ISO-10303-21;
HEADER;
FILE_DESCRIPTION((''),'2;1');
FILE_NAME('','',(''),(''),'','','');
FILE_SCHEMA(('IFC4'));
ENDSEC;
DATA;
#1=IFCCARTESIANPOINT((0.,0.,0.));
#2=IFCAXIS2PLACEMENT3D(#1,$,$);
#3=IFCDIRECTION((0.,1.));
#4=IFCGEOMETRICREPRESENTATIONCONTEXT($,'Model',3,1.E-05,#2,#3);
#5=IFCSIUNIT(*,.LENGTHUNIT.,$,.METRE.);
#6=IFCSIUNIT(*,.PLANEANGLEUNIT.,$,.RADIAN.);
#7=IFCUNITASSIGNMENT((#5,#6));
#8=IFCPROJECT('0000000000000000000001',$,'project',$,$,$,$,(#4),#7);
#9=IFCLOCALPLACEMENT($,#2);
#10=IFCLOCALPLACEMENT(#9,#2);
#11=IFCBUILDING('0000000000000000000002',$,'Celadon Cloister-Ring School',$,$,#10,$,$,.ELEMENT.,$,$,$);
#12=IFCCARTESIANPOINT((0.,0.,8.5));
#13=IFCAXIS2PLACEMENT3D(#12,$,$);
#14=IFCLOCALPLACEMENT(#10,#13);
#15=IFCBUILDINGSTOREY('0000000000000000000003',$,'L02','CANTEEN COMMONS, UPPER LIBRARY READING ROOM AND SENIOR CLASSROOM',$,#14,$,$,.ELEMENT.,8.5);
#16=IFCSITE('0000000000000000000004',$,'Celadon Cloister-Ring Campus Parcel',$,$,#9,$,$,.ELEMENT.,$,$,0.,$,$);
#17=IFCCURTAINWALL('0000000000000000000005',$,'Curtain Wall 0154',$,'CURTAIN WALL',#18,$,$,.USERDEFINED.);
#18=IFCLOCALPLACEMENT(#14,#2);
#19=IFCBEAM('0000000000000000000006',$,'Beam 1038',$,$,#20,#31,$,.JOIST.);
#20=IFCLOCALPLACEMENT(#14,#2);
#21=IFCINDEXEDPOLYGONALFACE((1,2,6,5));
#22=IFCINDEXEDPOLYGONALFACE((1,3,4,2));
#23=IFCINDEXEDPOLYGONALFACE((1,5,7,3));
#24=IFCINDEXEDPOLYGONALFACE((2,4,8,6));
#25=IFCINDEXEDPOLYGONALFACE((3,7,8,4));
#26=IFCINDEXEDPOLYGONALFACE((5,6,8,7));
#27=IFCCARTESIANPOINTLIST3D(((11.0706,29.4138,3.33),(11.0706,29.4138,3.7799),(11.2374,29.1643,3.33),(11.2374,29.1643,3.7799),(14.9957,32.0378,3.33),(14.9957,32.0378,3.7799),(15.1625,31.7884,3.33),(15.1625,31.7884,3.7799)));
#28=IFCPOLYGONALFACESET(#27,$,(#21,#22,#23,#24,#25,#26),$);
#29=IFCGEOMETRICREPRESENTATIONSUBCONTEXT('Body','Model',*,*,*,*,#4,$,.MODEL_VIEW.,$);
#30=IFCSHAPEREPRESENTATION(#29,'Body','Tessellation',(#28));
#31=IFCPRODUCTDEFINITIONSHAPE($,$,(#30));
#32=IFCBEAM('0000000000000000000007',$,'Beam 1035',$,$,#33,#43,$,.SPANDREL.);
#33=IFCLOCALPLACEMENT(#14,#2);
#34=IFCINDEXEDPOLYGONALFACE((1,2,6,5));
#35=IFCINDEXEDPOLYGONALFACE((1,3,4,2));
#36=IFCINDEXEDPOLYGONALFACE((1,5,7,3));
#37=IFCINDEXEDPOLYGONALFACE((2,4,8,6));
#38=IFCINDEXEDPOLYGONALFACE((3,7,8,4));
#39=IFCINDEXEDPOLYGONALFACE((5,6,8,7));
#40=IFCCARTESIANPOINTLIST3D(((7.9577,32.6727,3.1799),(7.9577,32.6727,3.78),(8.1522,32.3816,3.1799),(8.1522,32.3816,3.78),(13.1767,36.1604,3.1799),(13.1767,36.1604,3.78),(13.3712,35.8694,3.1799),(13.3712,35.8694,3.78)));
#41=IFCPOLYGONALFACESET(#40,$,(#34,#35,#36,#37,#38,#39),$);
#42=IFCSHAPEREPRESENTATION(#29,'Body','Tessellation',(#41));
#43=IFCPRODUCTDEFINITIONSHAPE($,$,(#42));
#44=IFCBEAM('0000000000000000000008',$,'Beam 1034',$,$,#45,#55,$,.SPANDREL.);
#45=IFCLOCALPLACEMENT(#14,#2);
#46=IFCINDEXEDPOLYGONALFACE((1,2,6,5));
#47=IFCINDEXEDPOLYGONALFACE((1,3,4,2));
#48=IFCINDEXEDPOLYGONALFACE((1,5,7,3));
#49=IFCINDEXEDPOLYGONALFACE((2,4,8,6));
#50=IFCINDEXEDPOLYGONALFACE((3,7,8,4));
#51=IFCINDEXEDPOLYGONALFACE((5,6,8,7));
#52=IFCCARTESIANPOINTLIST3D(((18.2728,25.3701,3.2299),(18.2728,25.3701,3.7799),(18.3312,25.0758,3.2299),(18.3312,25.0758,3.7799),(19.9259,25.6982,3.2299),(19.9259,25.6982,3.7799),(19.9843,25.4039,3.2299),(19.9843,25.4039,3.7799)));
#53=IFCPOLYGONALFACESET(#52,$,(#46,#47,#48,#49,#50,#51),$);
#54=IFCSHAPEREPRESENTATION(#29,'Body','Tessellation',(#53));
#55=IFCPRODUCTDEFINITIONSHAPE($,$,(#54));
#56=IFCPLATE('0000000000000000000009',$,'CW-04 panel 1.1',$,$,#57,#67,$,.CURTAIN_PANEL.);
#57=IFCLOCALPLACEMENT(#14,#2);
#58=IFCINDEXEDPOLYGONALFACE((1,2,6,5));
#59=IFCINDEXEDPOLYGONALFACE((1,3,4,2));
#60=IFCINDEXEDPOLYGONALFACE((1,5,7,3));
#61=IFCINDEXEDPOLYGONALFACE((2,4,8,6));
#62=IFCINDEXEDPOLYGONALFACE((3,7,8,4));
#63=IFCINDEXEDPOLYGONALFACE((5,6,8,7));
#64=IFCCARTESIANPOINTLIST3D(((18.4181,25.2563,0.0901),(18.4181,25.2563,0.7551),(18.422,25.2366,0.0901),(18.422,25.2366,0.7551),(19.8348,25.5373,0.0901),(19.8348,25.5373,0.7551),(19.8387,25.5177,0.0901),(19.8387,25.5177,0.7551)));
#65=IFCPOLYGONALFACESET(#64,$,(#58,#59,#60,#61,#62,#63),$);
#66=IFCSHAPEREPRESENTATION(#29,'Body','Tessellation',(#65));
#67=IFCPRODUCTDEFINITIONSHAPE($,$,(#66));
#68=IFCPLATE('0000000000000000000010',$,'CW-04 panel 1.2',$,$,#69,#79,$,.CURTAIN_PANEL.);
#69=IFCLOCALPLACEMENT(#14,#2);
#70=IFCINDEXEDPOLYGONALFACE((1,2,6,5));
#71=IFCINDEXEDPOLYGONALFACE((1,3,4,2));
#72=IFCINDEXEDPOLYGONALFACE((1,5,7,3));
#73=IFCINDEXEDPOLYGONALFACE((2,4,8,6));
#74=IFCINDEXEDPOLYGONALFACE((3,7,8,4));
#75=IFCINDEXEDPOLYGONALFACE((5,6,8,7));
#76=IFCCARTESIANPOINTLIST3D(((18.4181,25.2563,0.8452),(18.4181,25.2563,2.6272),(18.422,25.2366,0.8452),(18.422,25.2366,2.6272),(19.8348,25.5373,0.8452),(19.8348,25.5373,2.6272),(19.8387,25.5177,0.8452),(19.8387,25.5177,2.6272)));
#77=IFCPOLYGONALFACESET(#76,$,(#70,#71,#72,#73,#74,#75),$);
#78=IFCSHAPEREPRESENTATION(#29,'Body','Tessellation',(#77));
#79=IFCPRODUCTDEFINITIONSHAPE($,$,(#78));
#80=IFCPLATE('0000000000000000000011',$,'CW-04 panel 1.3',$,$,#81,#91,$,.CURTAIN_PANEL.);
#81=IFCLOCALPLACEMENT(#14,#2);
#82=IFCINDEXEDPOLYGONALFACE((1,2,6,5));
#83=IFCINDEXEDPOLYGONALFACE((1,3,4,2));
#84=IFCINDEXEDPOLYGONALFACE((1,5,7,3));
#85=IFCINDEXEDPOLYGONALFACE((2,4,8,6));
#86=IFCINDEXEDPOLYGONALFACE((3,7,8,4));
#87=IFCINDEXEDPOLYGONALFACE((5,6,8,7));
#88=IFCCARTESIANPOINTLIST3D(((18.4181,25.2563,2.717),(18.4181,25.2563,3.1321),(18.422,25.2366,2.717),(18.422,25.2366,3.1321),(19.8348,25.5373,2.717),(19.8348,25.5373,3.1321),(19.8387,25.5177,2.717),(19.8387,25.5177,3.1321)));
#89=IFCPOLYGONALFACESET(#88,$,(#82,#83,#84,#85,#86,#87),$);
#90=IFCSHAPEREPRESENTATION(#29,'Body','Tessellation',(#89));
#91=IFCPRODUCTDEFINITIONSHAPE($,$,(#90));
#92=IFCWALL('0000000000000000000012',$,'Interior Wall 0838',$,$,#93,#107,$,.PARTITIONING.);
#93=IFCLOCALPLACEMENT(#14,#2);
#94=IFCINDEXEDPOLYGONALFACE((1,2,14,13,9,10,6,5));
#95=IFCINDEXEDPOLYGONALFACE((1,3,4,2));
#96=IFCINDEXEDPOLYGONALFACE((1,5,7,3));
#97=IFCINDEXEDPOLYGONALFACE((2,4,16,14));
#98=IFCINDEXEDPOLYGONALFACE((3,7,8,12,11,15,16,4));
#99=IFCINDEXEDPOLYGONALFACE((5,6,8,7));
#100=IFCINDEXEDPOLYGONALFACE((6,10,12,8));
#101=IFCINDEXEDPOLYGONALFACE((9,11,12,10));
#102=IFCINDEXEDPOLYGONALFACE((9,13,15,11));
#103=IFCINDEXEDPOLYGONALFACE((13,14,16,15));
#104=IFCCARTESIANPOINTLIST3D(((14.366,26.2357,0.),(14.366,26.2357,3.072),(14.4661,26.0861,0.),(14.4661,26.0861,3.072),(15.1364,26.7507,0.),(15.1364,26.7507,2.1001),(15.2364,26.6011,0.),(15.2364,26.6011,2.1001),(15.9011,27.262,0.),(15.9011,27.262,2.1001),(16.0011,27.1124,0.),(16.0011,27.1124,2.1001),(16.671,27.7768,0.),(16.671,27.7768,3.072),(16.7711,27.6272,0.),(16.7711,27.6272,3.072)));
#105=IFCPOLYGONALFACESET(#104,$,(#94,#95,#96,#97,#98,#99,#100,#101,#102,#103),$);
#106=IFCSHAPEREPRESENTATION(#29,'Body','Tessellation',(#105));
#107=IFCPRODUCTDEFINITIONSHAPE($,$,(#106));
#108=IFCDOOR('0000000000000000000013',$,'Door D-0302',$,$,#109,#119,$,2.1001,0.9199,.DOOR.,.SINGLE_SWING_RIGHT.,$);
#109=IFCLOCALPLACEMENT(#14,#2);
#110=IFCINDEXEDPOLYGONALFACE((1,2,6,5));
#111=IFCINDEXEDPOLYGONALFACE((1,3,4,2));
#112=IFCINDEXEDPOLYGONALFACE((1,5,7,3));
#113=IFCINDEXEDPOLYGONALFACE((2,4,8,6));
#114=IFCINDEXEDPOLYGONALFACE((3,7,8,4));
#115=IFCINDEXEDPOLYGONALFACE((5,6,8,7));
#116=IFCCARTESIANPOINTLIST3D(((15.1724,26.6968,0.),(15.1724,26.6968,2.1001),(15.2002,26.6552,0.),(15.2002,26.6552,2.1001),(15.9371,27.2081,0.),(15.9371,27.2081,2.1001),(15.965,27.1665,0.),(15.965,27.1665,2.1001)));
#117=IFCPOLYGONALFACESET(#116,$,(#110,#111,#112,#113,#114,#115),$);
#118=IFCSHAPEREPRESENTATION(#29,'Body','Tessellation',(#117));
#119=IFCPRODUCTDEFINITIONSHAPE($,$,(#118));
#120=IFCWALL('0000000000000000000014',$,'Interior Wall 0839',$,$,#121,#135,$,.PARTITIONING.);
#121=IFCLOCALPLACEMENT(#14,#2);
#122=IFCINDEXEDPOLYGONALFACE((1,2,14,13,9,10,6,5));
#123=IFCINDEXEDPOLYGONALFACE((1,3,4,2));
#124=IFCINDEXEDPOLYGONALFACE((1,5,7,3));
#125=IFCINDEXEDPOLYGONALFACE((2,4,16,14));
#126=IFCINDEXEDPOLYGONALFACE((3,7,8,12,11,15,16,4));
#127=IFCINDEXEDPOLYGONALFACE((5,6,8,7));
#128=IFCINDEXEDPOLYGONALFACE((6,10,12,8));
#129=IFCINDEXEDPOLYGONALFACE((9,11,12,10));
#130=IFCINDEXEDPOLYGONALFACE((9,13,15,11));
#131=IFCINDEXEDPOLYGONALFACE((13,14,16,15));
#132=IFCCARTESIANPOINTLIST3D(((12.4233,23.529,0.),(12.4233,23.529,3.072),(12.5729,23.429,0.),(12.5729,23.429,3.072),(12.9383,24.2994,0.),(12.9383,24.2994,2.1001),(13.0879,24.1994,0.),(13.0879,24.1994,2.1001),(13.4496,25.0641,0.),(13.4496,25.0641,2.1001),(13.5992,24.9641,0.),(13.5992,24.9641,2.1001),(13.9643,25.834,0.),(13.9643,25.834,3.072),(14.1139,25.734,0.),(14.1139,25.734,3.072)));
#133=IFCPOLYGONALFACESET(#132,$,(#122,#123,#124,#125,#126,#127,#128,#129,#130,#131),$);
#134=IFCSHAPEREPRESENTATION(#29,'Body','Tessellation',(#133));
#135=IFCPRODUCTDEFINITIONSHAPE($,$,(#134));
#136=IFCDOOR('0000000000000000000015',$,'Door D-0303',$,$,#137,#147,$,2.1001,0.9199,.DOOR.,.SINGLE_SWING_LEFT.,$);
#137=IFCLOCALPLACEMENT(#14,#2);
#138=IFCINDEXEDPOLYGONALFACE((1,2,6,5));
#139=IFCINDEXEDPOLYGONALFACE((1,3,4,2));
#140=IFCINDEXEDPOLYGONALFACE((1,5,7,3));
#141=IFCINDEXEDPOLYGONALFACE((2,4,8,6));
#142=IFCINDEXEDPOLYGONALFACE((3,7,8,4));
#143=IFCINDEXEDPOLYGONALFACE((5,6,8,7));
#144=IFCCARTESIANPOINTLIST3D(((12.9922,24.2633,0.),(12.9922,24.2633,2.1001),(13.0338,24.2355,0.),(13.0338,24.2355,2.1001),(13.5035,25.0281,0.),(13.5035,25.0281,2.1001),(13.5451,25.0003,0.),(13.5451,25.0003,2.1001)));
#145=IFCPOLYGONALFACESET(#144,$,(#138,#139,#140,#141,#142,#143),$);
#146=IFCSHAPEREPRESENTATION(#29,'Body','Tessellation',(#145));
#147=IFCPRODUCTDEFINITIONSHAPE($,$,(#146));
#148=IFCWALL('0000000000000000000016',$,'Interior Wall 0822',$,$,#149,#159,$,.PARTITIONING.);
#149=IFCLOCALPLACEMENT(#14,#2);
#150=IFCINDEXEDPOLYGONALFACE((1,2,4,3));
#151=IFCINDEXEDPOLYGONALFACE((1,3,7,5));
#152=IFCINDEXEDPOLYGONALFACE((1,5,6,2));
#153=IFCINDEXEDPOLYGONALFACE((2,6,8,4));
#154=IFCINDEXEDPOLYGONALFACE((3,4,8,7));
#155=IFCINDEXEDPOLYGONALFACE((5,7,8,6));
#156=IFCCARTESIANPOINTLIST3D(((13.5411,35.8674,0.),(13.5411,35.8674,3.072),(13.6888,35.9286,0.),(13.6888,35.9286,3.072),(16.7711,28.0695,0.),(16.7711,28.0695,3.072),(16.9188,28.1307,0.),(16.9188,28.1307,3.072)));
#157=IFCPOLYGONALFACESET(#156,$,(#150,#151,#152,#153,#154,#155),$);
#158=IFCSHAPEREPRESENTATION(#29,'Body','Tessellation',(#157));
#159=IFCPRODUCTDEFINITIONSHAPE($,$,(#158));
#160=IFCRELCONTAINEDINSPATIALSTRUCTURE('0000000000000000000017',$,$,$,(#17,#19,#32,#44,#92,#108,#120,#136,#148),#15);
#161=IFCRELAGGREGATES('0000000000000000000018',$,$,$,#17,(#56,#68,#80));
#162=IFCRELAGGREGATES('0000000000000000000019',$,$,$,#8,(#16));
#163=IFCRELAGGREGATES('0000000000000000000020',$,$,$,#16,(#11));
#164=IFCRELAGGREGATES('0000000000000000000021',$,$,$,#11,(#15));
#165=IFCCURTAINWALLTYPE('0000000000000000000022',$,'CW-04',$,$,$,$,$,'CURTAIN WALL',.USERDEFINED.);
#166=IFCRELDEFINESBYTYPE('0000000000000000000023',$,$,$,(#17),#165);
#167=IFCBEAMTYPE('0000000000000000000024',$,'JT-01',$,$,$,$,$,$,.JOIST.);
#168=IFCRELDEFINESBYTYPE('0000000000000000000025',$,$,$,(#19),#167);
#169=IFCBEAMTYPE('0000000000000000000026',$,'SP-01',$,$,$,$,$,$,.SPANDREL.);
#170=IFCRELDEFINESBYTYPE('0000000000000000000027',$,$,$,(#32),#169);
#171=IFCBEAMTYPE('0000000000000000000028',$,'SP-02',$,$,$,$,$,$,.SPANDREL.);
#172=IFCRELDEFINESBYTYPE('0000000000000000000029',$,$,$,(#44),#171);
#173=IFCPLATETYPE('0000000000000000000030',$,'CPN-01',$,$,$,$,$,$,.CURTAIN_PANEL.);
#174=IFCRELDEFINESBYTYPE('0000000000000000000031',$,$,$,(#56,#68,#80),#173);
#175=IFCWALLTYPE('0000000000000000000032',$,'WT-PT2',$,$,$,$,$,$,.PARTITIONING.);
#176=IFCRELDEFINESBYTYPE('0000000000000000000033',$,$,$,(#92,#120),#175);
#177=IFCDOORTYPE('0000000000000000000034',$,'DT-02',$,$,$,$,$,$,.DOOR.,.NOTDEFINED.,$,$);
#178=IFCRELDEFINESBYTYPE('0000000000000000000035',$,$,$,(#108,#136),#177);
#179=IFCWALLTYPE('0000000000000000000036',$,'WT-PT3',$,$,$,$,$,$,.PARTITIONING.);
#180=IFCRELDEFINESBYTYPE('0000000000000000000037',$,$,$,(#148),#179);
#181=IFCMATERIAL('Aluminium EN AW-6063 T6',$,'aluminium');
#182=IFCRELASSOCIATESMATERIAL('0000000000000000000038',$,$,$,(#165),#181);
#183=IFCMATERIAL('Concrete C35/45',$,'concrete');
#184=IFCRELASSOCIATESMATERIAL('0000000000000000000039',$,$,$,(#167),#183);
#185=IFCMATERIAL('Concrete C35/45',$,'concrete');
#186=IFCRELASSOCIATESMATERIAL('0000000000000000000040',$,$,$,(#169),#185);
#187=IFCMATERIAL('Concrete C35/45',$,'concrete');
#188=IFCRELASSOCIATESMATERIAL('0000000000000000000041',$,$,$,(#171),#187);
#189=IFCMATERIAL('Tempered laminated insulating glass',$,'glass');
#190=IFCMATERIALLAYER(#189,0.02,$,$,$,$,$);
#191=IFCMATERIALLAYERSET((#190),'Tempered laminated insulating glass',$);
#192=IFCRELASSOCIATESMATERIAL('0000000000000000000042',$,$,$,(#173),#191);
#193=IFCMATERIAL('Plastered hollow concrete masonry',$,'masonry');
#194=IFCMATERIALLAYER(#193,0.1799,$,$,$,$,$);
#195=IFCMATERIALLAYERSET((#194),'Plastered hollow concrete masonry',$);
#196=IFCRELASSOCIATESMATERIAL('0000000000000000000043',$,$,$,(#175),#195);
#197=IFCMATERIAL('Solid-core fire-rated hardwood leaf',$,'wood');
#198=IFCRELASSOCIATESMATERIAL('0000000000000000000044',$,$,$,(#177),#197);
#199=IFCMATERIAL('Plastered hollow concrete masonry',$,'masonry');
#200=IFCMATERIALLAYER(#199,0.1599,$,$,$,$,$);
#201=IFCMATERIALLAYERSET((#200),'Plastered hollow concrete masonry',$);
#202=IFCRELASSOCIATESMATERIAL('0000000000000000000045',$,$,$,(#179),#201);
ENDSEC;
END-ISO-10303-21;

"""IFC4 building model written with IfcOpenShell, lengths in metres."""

from ifc_helpers import new_model, si_unit, direction, frame, frame_2d, origin, origin_2d, place, context, subcontext, project, spatial, rectangle, extrude, material, layer, layer_set, material_profile, profile_set, type_object, element, fill, aggregate, save


model = new_model("IFC4")

# Units and contexts
model_context = context("Model", 3, precision=1e-05, world=origin(), true_north=direction((0.0, 1.0)))
body_context = subcontext(model_context, "Body", "Model", "MODEL_VIEW")
ifc_project = project(units=[si_unit("LENGTHUNIT", "METRE"), si_unit("PLANEANGLEUNIT", "RADIAN")], contexts=[model_context])

# Site, building, storey
site_placement = place(None, origin())
site = spatial("IfcSite", under=ifc_project, at=site_placement, Name="Celadon Cloister-Ring Campus Parcel", CompositionType="ELEMENT", RefElevation=0.0)
building_placement = place(site_placement, origin())
building = spatial("IfcBuilding", under=site, at=building_placement, Name="Celadon Cloister-Ring School", CompositionType="ELEMENT")
storey_placement = place(building_placement, frame((0.0, 0.0, 8.5)))
storey = spatial("IfcBuildingStorey", under=building, at=storey_placement, Name="L02", Description="CANTEEN COMMONS, UPPER LIBRARY READING ROOM AND SENIOR CLASSROOM", CompositionType="ELEMENT", Elevation=8.5)

# Curtain wall
ifc_material_1 = material(Name="Aluminium EN AW-6063 T6", Category="aluminium")
curtain_wall_type = type_object("IfcCurtainWallType", Name="CW-04", ElementType="CURTAIN WALL", PredefinedType="USERDEFINED", material=ifc_material_1)
curtain_wall_placement = place(storey_placement, origin())
curtain_wall = element("IfcCurtainWall", 1, at=curtain_wall_placement, inside=storey, type_object=curtain_wall_type, Name="Curtain Wall 0154", ObjectType="CURTAIN WALL", PredefinedType="USERDEFINED")

# Beams
ifc_material_2 = material(Name="Concrete C35/45", Category="concrete")
ifc_material_profile_1 = material_profile(ifc_material_2, rectangle(XDim=0.3, YDim=0.45, at=origin_2d()), Name="RC300X450")
ifc_profile_set_1 = profile_set([ifc_material_profile_1], Name="Concrete C35/45")
beam_type_1 = type_object("IfcBeamType", Name="JT-01", PredefinedType="JOIST", material=ifc_profile_set_1)
beam_1_placement = place(storey_placement, frame((15.0791, 31.9131, 3.5549), z_axis=(-0.831334, -0.555774, 0.0), x_axis=(0.555774, -0.831334, 0.0)))
element("IfcBeam", 2, at=beam_1_placement, inside=storey, type_object=beam_type_1, Name="Beam 1038", PredefinedType="JOIST", context=body_context, shape_type="SweptSolid", body=[
    extrude(rectangle(XDim=0.3, YDim=0.45, at=origin_2d()), origin(), (0.0, 0.0, 1.0), 4.7214),
])
ifc_material_3 = material(Name="Concrete C35/45", Category="concrete")
ifc_material_profile_2 = material_profile(ifc_material_3, rectangle(XDim=0.3501, YDim=0.6001, at=origin_2d()), Name="RC350X600")
ifc_profile_set_2 = profile_set([ifc_material_profile_2], Name="Concrete C35/45")
beam_type_2 = type_object("IfcBeamType", Name="SP-01", PredefinedType="SPANDREL", material=ifc_profile_set_2)
beam_2_placement = place(storey_placement, frame((13.2739, 36.0149, 3.48), z_axis=(-0.831427, -0.555633, 0.0), x_axis=(0.555633, -0.831427, 0.0)))
element("IfcBeam", 3, at=beam_2_placement, inside=storey, type_object=beam_type_2, Name="Beam 1035", PredefinedType="SPANDREL", context=body_context, shape_type="SweptSolid", body=[
    extrude(rectangle(XDim=0.3501, YDim=0.6001, at=origin_2d()), origin(), (0.0, 0.0, 1.0), 6.2771),
])
ifc_material_4 = material(Name="Concrete C35/45", Category="concrete")
ifc_material_profile_3 = material_profile(ifc_material_4, rectangle(XDim=0.3, YDim=0.55, at=origin_2d()), Name="RC300X550")
ifc_profile_set_3 = profile_set([ifc_material_profile_3], Name="Concrete C35/45")
beam_type_3 = type_object("IfcBeamType", Name="SP-02", PredefinedType="SPANDREL", material=ifc_profile_set_3)
beam_3_placement = place(storey_placement, frame((19.9551, 25.551, 3.5049), z_axis=(-0.980864, -0.194695, 0.0), x_axis=(0.194695, -0.980864, 0.0)))
element("IfcBeam", 4, at=beam_3_placement, inside=storey, type_object=beam_type_3, Name="Beam 1034", PredefinedType="SPANDREL", context=body_context, shape_type="SweptSolid", body=[
    extrude(rectangle(XDim=0.3, YDim=0.55, at=origin_2d()), origin(), (0.0, 0.0, 1.0), 1.6853),
])

# Plates
ifc_material_5 = material(Name="Tempered laminated insulating glass", Category="glass")
ifc_layer_1 = layer(ifc_material_5, 0.02)
ifc_layer_set_1 = layer_set([ifc_layer_1], Name="Tempered laminated insulating glass")
plate_type = type_object("IfcPlateType", Name="CPN-01", PredefinedType="CURTAIN_PANEL", material=ifc_layer_set_1)
plate_1_placement = place(storey_placement, frame((19.1284, 25.387, 0.0901), z_axis=(0.0, 0.0, 1.0), x_axis=(-0.980885, -0.194586, 0.0)))
plate_1 = element("IfcPlate", 5, at=plate_1_placement, type_object=plate_type, Name="CW-04 panel 1.1", PredefinedType="CURTAIN_PANEL", context=body_context, shape_type="SweptSolid", body=[
    extrude(rectangle(XDim=1.4443, YDim=0.02, at=origin_2d()), origin(), (0.0, 0.0, 1.0), 0.665),
])
plate_2_placement = place(storey_placement, frame((19.1284, 25.387, 0.8452), z_axis=(0.0, 0.0, 1.0), x_axis=(-0.980885, -0.194586, 0.0)))
plate_2 = element("IfcPlate", 6, at=plate_2_placement, type_object=plate_type, Name="CW-04 panel 1.2", PredefinedType="CURTAIN_PANEL", context=body_context, shape_type="SweptSolid", body=[
    extrude(rectangle(XDim=1.4443, YDim=0.02, at=origin_2d()), origin(), (0.0, 0.0, 1.0), 1.782),
])
plate_3_placement = place(storey_placement, frame((19.1284, 25.387, 2.717), z_axis=(0.0, 0.0, 1.0), x_axis=(-0.980885, -0.194586, 0.0)))
plate_3 = element("IfcPlate", 7, at=plate_3_placement, type_object=plate_type, Name="CW-04 panel 1.3", PredefinedType="CURTAIN_PANEL", context=body_context, shape_type="SweptSolid", body=[
    extrude(rectangle(XDim=1.4443, YDim=0.02, at=origin_2d()), origin(), (0.0, 0.0, 1.0), 0.415),
])
aggregate(curtain_wall, [plate_1, plate_2, plate_3])

# Walls, openings, doors
ifc_material_6 = material(Name="Plastered hollow concrete masonry", Category="masonry")
ifc_layer_2 = layer(ifc_material_6, 0.1799)
ifc_layer_set_2 = layer_set([ifc_layer_2], Name="Plastered hollow concrete masonry")
wall_type_1 = type_object("IfcWallType", Name="WT-PT2", PredefinedType="PARTITIONING", material=ifc_layer_set_2)
wall_1_placement = place(storey_placement, frame((16.7209, 27.7019, 0.0), z_axis=(0.0, 0.0, 1.0), x_axis=(-0.831318, -0.555797, 0.0)))
wall_1 = element("IfcWall", 8, at=wall_1_placement, inside=storey, type_object=wall_type_1, Name="Interior Wall 0838", PredefinedType="PARTITIONING", context=body_context, shape_type="SweptSolid", body=[
    extrude(rectangle(XDim=2.7727, YDim=0.1799, at=frame_2d((1.3862, 0.0))), origin(), (0.0, 0.0, 1.0), 3.072),
])
opening_1_placement = place(wall_1_placement, frame((0.926, 0.0, 0.0)))
opening_1 = element("IfcOpeningElement", 9, at=opening_1_placement, cuts=wall_1, PredefinedType="OPENING", context=body_context, shape_type="SweptSolid", body=[
    extrude(rectangle(XDim=0.9199, YDim=2.1001, at=frame_2d((0.46, 1.05))), frame((0.0, 0.1001, 0.0), z_axis=(0.0, -1.0, 0.0), x_axis=(1.0, 0.0, 0.0)), (0.0, 0.0, 1.0), 0.2),
])
ifc_material_7 = material(Name="Solid-core fire-rated hardwood leaf", Category="wood")
door_type = type_object("IfcDoorType", Name="DT-02", OperationType="NOTDEFINED", PredefinedType="DOOR", material=ifc_material_7)
door_1_placement = place(opening_1_placement, origin())
door_1 = element("IfcDoor", 10, at=door_1_placement, inside=storey, type_object=door_type, Name="Door D-0302", OperationType="SINGLE_SWING_RIGHT", OverallHeight=2.1001, OverallWidth=0.9199, PredefinedType="DOOR", context=body_context, shape_type="SweptSolid", body=[
    extrude(rectangle(XDim=0.9199, YDim=2.1001, at=frame_2d((0.46, 1.05))), frame((0.0, 0.0249, 0.0), z_axis=(0.0, -1.0, 0.0), x_axis=(1.0, 0.0, 0.0)), (0.0, 0.0, 1.0), 0.05),
])
fill(opening_1, door_1)
wall_2_placement = place(storey_placement, frame((14.0391, 25.7839, 0.0), z_axis=(0.0, 0.0, 1.0), x_axis=(-0.555797, -0.831318, 0.0)))
wall_2 = element("IfcWall", 11, at=wall_2_placement, inside=storey, type_object=wall_type_1, Name="Interior Wall 0839", PredefinedType="PARTITIONING", context=body_context, shape_type="SweptSolid", body=[
    extrude(rectangle(XDim=2.7727, YDim=0.1799, at=frame_2d((1.3862, 0.0))), origin(), (0.0, 0.0, 1.0), 3.072),
])
opening_2_placement = place(wall_2_placement, frame((0.926, 0.0, 0.0)))
opening_2 = element("IfcOpeningElement", 12, at=opening_2_placement, cuts=wall_2, PredefinedType="OPENING", context=body_context, shape_type="SweptSolid", body=[
    extrude(rectangle(XDim=0.9199, YDim=2.1001, at=frame_2d((0.46, 1.05))), frame((0.0, 0.1001, 0.0), z_axis=(0.0, -1.0, 0.0), x_axis=(1.0, 0.0, 0.0)), (0.0, 0.0, 1.0), 0.2),
])
door_2_placement = place(opening_2_placement, origin())
door_2 = element("IfcDoor", 13, at=door_2_placement, inside=storey, type_object=door_type, Name="Door D-0303", OperationType="SINGLE_SWING_LEFT", OverallHeight=2.1001, OverallWidth=0.9199, PredefinedType="DOOR", context=body_context, shape_type="SweptSolid", body=[
    extrude(rectangle(XDim=0.9199, YDim=2.1001, at=frame_2d((0.46, 1.05))), frame((0.0, 0.0249, 0.0), z_axis=(0.0, -1.0, 0.0), x_axis=(1.0, 0.0, 0.0)), (0.0, 0.0, 1.0), 0.05),
])
fill(opening_2, door_2)

# Wall
ifc_material_8 = material(Name="Plastered hollow concrete masonry", Category="masonry")
ifc_layer_3 = layer(ifc_material_8, 0.1599)
ifc_layer_set_3 = layer_set([ifc_layer_3], Name="Plastered hollow concrete masonry")
wall_type_2 = type_object("IfcWallType", Name="WT-PT3", PredefinedType="PARTITIONING", material=ifc_layer_set_3)
wall_3_placement = place(storey_placement, frame((16.845, 28.1001, 0.0), z_axis=(0.0, 0.0, 1.0), x_axis=(-0.382684, 0.923879, 0.0)))
element("IfcWall", 14, at=wall_3_placement, inside=storey, type_object=wall_type_2, Name="Interior Wall 0822", PredefinedType="PARTITIONING", context=body_context, shape_type="SweptSolid", body=[
    extrude(rectangle(XDim=8.4404, YDim=0.1599, at=frame_2d((4.2202, 0.0))), origin(), (0.0, 0.0, 1.0), 3.072),
])

save(model, "model.ifc")
